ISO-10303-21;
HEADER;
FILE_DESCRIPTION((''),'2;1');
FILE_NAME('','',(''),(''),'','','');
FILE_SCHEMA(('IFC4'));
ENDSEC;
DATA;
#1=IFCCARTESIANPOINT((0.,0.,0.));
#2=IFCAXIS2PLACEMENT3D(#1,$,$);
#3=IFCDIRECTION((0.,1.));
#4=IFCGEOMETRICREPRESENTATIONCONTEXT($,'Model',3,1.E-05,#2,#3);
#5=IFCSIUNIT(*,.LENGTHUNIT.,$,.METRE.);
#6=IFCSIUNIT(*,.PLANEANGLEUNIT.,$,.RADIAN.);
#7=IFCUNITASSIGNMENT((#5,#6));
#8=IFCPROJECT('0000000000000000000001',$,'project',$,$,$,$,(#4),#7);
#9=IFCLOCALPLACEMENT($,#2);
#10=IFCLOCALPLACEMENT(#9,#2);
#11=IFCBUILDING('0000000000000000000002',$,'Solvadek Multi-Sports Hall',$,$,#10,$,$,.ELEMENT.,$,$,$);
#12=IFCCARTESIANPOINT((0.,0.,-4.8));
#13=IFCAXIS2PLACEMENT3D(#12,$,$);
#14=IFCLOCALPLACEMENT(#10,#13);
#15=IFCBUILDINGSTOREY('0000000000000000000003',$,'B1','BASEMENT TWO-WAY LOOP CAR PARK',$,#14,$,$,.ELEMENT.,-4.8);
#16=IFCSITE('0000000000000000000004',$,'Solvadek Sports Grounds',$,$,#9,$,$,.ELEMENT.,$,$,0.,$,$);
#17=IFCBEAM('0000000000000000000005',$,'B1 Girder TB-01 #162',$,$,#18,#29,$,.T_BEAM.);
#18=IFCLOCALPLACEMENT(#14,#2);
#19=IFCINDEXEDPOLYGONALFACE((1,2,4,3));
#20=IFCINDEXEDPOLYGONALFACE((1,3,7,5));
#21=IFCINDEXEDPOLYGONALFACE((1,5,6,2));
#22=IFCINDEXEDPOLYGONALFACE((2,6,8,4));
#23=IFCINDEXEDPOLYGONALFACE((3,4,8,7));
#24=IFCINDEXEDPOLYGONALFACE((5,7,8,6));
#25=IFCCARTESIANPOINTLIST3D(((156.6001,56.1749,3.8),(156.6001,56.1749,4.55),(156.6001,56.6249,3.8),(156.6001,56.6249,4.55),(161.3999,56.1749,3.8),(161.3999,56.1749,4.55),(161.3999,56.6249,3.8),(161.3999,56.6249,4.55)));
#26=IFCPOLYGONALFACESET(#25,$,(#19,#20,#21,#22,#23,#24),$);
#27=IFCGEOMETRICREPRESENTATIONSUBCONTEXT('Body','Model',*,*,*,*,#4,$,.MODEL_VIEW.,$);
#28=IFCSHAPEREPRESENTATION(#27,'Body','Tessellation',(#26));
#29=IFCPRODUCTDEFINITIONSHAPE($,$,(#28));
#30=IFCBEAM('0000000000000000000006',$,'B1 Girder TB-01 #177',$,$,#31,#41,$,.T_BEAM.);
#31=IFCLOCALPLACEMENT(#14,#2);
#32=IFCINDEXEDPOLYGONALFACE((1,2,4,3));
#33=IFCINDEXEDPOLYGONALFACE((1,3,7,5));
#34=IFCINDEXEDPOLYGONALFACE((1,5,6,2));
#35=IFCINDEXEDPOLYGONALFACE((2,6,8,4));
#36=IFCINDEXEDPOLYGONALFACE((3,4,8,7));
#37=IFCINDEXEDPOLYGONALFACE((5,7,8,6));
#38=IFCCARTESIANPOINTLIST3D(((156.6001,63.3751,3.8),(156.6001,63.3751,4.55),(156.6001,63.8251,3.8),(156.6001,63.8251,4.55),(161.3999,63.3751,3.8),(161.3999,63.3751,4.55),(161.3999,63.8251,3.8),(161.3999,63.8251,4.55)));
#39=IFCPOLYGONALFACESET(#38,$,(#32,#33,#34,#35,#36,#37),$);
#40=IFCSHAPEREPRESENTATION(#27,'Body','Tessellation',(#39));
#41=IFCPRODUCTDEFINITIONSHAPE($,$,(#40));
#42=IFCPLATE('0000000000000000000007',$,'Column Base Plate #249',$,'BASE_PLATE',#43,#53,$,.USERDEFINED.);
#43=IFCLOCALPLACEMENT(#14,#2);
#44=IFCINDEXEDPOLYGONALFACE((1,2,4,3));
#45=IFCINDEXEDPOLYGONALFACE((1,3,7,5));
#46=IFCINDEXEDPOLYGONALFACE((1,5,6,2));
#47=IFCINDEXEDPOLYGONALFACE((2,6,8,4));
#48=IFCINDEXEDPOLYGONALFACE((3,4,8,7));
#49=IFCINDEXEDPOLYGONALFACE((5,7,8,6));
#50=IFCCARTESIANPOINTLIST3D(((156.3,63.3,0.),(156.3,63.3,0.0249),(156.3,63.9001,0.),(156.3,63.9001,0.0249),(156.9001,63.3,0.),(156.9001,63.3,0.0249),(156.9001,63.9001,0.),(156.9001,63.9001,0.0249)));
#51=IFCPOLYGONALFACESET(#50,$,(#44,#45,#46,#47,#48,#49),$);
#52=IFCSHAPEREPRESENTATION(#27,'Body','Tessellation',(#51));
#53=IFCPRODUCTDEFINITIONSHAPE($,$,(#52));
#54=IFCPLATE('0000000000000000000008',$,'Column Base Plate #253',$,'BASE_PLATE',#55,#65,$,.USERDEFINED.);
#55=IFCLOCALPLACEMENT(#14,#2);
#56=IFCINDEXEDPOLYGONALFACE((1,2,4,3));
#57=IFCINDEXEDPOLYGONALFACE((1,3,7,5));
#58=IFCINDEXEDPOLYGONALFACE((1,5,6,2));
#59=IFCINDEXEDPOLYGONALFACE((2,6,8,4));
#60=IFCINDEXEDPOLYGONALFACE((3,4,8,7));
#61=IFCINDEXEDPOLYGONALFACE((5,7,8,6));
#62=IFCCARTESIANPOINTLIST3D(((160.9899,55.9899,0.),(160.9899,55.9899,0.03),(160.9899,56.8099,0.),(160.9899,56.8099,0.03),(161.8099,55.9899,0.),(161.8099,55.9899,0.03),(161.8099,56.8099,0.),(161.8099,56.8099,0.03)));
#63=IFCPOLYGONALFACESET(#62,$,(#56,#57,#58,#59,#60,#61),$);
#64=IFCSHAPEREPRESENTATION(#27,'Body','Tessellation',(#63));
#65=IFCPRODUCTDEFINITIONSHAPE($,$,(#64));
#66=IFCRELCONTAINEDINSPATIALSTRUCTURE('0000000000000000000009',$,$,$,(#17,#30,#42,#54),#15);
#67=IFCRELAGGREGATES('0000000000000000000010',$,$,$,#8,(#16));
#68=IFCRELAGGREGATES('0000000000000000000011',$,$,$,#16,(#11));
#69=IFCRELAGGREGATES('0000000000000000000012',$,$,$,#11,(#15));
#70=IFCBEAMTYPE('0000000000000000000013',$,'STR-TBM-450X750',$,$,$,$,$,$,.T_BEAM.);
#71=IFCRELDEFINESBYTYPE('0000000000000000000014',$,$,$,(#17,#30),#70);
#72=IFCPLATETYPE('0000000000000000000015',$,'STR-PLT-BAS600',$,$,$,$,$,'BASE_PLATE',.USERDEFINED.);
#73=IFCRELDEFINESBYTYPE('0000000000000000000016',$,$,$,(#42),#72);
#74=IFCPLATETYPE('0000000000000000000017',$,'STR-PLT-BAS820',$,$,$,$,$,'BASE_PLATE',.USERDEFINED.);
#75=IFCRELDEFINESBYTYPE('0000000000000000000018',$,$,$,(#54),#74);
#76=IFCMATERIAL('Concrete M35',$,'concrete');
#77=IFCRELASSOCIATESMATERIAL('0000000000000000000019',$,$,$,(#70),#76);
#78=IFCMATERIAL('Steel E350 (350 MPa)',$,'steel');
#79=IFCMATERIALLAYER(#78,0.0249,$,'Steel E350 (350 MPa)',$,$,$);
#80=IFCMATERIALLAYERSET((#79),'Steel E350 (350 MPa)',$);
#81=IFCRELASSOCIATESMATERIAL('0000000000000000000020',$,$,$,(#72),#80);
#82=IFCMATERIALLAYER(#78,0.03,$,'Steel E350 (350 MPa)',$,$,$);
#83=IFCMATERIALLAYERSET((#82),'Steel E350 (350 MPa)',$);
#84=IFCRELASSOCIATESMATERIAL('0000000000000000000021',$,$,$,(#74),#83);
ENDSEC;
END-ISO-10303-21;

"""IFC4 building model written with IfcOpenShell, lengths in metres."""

from ifc_helpers import new_model, si_unit, direction, frame, origin, origin_2d, place, context, subcontext, project, spatial, rectangle, extrude, material, layer, layer_set, material_profile, profile_set, type_object, element, save


model = new_model("IFC4")

# Units and contexts
model_context = context("Model", 3, precision=1e-05, world=origin(), true_north=direction((0.0, 1.0)))
body_context = subcontext(model_context, "Body", "Model", "MODEL_VIEW")
ifc_project = project(units=[si_unit("LENGTHUNIT", "METRE"), si_unit("PLANEANGLEUNIT", "RADIAN")], contexts=[model_context])

# Site, building, storey
site_placement = place(None, origin())
site = spatial("IfcSite", under=ifc_project, at=site_placement, Name="Solvadek Sports Grounds", CompositionType="ELEMENT", RefElevation=0.0)
building_placement = place(site_placement, origin())
building = spatial("IfcBuilding", under=site, at=building_placement, Name="Solvadek Multi-Sports Hall", CompositionType="ELEMENT")
storey_placement = place(building_placement, frame((0.0, 0.0, -4.8)))
storey = spatial("IfcBuildingStorey", under=building, at=storey_placement, Name="B1", Description="BASEMENT TWO-WAY LOOP CAR PARK", CompositionType="ELEMENT", Elevation=-4.8)

# Shared definitions
ifc_material_1 = material(Name="Concrete M35", Category="concrete")

# Shared definitions
ifc_material_2 = material(Name="Steel E350 (350 MPa)", Category="steel")

# Beams
ifc_material_profile_1 = material_profile(ifc_material_1, rectangle(XDim=0.45, YDim=0.75, at=origin_2d()), Name="RC T-BEAM 450x750")
ifc_profile_set_1 = profile_set([ifc_material_profile_1], Name="Concrete M35")
beam_type_1 = type_object("IfcBeamType", Name="STR-TBM-450X750", PredefinedType="T_BEAM", material=ifc_profile_set_1)
for number, where, z_axis, x_axis, name in (
    (1, (156.6001, 56.3999, 4.175), (1.0, 0.0, 0.0), (0.0, 1.0, 0.0), "B1 Girder TB-01 #162"),
    (2, (156.6001, 63.6001, 4.175), (1.0, 0.0, 0.0), (0.0, 1.0, 0.0), "B1 Girder TB-01 #177"),
):
    element("IfcBeam", number, at=place(storey_placement, frame(where, z_axis=z_axis, x_axis=x_axis)), inside=storey, type_object=beam_type_1, Name=name, PredefinedType="T_BEAM", context=body_context, shape_type="SweptSolid", body=[
        extrude(rectangle(XDim=0.45, YDim=0.75, at=origin_2d()), origin(), (0.0, 0.0, 1.0), 4.7998),
    ])

# Plates
ifc_layer_1 = layer(ifc_material_2, 0.0249, Name="Steel E350 (350 MPa)")
ifc_layer_set_1 = layer_set([ifc_layer_1], Name="Steel E350 (350 MPa)")
plate_type_1 = type_object("IfcPlateType", Name="STR-PLT-BAS600", ElementType="BASE_PLATE", PredefinedType="USERDEFINED", material=ifc_layer_set_1)
plate_1_placement = place(storey_placement, frame((156.6001, 63.6001, 0.0), z_axis=(0.0, 0.0, 1.0), x_axis=(1.0, 0.0, 0.0)))
element("IfcPlate", 3, at=plate_1_placement, inside=storey, type_object=plate_type_1, Name="Column Base Plate #249", ObjectType="BASE_PLATE", PredefinedType="USERDEFINED", context=body_context, shape_type="SweptSolid", body=[
    extrude(rectangle(XDim=0.6001, YDim=0.6001, at=origin_2d()), origin(), (0.0, 0.0, 1.0), 0.0249),
])
ifc_layer_2 = layer(ifc_material_2, 0.03, Name="Steel E350 (350 MPa)")
ifc_layer_set_2 = layer_set([ifc_layer_2], Name="Steel E350 (350 MPa)")
plate_type_2 = type_object("IfcPlateType", Name="STR-PLT-BAS820", ElementType="BASE_PLATE", PredefinedType="USERDEFINED", material=ifc_layer_set_2)
plate_2_placement = place(storey_placement, frame((161.3999, 56.3999, 0.0), z_axis=(0.0, 0.0, 1.0), x_axis=(1.0, 0.0, 0.0)))
element("IfcPlate", 4, at=plate_2_placement, inside=storey, type_object=plate_type_2, Name="Column Base Plate #253", ObjectType="BASE_PLATE", PredefinedType="USERDEFINED", context=body_context, shape_type="SweptSolid", body=[
    extrude(rectangle(XDim=0.8201, YDim=0.8201, at=origin_2d()), origin(), (0.0, 0.0, 1.0), 0.03),
])

save(model, "model.ifc")
